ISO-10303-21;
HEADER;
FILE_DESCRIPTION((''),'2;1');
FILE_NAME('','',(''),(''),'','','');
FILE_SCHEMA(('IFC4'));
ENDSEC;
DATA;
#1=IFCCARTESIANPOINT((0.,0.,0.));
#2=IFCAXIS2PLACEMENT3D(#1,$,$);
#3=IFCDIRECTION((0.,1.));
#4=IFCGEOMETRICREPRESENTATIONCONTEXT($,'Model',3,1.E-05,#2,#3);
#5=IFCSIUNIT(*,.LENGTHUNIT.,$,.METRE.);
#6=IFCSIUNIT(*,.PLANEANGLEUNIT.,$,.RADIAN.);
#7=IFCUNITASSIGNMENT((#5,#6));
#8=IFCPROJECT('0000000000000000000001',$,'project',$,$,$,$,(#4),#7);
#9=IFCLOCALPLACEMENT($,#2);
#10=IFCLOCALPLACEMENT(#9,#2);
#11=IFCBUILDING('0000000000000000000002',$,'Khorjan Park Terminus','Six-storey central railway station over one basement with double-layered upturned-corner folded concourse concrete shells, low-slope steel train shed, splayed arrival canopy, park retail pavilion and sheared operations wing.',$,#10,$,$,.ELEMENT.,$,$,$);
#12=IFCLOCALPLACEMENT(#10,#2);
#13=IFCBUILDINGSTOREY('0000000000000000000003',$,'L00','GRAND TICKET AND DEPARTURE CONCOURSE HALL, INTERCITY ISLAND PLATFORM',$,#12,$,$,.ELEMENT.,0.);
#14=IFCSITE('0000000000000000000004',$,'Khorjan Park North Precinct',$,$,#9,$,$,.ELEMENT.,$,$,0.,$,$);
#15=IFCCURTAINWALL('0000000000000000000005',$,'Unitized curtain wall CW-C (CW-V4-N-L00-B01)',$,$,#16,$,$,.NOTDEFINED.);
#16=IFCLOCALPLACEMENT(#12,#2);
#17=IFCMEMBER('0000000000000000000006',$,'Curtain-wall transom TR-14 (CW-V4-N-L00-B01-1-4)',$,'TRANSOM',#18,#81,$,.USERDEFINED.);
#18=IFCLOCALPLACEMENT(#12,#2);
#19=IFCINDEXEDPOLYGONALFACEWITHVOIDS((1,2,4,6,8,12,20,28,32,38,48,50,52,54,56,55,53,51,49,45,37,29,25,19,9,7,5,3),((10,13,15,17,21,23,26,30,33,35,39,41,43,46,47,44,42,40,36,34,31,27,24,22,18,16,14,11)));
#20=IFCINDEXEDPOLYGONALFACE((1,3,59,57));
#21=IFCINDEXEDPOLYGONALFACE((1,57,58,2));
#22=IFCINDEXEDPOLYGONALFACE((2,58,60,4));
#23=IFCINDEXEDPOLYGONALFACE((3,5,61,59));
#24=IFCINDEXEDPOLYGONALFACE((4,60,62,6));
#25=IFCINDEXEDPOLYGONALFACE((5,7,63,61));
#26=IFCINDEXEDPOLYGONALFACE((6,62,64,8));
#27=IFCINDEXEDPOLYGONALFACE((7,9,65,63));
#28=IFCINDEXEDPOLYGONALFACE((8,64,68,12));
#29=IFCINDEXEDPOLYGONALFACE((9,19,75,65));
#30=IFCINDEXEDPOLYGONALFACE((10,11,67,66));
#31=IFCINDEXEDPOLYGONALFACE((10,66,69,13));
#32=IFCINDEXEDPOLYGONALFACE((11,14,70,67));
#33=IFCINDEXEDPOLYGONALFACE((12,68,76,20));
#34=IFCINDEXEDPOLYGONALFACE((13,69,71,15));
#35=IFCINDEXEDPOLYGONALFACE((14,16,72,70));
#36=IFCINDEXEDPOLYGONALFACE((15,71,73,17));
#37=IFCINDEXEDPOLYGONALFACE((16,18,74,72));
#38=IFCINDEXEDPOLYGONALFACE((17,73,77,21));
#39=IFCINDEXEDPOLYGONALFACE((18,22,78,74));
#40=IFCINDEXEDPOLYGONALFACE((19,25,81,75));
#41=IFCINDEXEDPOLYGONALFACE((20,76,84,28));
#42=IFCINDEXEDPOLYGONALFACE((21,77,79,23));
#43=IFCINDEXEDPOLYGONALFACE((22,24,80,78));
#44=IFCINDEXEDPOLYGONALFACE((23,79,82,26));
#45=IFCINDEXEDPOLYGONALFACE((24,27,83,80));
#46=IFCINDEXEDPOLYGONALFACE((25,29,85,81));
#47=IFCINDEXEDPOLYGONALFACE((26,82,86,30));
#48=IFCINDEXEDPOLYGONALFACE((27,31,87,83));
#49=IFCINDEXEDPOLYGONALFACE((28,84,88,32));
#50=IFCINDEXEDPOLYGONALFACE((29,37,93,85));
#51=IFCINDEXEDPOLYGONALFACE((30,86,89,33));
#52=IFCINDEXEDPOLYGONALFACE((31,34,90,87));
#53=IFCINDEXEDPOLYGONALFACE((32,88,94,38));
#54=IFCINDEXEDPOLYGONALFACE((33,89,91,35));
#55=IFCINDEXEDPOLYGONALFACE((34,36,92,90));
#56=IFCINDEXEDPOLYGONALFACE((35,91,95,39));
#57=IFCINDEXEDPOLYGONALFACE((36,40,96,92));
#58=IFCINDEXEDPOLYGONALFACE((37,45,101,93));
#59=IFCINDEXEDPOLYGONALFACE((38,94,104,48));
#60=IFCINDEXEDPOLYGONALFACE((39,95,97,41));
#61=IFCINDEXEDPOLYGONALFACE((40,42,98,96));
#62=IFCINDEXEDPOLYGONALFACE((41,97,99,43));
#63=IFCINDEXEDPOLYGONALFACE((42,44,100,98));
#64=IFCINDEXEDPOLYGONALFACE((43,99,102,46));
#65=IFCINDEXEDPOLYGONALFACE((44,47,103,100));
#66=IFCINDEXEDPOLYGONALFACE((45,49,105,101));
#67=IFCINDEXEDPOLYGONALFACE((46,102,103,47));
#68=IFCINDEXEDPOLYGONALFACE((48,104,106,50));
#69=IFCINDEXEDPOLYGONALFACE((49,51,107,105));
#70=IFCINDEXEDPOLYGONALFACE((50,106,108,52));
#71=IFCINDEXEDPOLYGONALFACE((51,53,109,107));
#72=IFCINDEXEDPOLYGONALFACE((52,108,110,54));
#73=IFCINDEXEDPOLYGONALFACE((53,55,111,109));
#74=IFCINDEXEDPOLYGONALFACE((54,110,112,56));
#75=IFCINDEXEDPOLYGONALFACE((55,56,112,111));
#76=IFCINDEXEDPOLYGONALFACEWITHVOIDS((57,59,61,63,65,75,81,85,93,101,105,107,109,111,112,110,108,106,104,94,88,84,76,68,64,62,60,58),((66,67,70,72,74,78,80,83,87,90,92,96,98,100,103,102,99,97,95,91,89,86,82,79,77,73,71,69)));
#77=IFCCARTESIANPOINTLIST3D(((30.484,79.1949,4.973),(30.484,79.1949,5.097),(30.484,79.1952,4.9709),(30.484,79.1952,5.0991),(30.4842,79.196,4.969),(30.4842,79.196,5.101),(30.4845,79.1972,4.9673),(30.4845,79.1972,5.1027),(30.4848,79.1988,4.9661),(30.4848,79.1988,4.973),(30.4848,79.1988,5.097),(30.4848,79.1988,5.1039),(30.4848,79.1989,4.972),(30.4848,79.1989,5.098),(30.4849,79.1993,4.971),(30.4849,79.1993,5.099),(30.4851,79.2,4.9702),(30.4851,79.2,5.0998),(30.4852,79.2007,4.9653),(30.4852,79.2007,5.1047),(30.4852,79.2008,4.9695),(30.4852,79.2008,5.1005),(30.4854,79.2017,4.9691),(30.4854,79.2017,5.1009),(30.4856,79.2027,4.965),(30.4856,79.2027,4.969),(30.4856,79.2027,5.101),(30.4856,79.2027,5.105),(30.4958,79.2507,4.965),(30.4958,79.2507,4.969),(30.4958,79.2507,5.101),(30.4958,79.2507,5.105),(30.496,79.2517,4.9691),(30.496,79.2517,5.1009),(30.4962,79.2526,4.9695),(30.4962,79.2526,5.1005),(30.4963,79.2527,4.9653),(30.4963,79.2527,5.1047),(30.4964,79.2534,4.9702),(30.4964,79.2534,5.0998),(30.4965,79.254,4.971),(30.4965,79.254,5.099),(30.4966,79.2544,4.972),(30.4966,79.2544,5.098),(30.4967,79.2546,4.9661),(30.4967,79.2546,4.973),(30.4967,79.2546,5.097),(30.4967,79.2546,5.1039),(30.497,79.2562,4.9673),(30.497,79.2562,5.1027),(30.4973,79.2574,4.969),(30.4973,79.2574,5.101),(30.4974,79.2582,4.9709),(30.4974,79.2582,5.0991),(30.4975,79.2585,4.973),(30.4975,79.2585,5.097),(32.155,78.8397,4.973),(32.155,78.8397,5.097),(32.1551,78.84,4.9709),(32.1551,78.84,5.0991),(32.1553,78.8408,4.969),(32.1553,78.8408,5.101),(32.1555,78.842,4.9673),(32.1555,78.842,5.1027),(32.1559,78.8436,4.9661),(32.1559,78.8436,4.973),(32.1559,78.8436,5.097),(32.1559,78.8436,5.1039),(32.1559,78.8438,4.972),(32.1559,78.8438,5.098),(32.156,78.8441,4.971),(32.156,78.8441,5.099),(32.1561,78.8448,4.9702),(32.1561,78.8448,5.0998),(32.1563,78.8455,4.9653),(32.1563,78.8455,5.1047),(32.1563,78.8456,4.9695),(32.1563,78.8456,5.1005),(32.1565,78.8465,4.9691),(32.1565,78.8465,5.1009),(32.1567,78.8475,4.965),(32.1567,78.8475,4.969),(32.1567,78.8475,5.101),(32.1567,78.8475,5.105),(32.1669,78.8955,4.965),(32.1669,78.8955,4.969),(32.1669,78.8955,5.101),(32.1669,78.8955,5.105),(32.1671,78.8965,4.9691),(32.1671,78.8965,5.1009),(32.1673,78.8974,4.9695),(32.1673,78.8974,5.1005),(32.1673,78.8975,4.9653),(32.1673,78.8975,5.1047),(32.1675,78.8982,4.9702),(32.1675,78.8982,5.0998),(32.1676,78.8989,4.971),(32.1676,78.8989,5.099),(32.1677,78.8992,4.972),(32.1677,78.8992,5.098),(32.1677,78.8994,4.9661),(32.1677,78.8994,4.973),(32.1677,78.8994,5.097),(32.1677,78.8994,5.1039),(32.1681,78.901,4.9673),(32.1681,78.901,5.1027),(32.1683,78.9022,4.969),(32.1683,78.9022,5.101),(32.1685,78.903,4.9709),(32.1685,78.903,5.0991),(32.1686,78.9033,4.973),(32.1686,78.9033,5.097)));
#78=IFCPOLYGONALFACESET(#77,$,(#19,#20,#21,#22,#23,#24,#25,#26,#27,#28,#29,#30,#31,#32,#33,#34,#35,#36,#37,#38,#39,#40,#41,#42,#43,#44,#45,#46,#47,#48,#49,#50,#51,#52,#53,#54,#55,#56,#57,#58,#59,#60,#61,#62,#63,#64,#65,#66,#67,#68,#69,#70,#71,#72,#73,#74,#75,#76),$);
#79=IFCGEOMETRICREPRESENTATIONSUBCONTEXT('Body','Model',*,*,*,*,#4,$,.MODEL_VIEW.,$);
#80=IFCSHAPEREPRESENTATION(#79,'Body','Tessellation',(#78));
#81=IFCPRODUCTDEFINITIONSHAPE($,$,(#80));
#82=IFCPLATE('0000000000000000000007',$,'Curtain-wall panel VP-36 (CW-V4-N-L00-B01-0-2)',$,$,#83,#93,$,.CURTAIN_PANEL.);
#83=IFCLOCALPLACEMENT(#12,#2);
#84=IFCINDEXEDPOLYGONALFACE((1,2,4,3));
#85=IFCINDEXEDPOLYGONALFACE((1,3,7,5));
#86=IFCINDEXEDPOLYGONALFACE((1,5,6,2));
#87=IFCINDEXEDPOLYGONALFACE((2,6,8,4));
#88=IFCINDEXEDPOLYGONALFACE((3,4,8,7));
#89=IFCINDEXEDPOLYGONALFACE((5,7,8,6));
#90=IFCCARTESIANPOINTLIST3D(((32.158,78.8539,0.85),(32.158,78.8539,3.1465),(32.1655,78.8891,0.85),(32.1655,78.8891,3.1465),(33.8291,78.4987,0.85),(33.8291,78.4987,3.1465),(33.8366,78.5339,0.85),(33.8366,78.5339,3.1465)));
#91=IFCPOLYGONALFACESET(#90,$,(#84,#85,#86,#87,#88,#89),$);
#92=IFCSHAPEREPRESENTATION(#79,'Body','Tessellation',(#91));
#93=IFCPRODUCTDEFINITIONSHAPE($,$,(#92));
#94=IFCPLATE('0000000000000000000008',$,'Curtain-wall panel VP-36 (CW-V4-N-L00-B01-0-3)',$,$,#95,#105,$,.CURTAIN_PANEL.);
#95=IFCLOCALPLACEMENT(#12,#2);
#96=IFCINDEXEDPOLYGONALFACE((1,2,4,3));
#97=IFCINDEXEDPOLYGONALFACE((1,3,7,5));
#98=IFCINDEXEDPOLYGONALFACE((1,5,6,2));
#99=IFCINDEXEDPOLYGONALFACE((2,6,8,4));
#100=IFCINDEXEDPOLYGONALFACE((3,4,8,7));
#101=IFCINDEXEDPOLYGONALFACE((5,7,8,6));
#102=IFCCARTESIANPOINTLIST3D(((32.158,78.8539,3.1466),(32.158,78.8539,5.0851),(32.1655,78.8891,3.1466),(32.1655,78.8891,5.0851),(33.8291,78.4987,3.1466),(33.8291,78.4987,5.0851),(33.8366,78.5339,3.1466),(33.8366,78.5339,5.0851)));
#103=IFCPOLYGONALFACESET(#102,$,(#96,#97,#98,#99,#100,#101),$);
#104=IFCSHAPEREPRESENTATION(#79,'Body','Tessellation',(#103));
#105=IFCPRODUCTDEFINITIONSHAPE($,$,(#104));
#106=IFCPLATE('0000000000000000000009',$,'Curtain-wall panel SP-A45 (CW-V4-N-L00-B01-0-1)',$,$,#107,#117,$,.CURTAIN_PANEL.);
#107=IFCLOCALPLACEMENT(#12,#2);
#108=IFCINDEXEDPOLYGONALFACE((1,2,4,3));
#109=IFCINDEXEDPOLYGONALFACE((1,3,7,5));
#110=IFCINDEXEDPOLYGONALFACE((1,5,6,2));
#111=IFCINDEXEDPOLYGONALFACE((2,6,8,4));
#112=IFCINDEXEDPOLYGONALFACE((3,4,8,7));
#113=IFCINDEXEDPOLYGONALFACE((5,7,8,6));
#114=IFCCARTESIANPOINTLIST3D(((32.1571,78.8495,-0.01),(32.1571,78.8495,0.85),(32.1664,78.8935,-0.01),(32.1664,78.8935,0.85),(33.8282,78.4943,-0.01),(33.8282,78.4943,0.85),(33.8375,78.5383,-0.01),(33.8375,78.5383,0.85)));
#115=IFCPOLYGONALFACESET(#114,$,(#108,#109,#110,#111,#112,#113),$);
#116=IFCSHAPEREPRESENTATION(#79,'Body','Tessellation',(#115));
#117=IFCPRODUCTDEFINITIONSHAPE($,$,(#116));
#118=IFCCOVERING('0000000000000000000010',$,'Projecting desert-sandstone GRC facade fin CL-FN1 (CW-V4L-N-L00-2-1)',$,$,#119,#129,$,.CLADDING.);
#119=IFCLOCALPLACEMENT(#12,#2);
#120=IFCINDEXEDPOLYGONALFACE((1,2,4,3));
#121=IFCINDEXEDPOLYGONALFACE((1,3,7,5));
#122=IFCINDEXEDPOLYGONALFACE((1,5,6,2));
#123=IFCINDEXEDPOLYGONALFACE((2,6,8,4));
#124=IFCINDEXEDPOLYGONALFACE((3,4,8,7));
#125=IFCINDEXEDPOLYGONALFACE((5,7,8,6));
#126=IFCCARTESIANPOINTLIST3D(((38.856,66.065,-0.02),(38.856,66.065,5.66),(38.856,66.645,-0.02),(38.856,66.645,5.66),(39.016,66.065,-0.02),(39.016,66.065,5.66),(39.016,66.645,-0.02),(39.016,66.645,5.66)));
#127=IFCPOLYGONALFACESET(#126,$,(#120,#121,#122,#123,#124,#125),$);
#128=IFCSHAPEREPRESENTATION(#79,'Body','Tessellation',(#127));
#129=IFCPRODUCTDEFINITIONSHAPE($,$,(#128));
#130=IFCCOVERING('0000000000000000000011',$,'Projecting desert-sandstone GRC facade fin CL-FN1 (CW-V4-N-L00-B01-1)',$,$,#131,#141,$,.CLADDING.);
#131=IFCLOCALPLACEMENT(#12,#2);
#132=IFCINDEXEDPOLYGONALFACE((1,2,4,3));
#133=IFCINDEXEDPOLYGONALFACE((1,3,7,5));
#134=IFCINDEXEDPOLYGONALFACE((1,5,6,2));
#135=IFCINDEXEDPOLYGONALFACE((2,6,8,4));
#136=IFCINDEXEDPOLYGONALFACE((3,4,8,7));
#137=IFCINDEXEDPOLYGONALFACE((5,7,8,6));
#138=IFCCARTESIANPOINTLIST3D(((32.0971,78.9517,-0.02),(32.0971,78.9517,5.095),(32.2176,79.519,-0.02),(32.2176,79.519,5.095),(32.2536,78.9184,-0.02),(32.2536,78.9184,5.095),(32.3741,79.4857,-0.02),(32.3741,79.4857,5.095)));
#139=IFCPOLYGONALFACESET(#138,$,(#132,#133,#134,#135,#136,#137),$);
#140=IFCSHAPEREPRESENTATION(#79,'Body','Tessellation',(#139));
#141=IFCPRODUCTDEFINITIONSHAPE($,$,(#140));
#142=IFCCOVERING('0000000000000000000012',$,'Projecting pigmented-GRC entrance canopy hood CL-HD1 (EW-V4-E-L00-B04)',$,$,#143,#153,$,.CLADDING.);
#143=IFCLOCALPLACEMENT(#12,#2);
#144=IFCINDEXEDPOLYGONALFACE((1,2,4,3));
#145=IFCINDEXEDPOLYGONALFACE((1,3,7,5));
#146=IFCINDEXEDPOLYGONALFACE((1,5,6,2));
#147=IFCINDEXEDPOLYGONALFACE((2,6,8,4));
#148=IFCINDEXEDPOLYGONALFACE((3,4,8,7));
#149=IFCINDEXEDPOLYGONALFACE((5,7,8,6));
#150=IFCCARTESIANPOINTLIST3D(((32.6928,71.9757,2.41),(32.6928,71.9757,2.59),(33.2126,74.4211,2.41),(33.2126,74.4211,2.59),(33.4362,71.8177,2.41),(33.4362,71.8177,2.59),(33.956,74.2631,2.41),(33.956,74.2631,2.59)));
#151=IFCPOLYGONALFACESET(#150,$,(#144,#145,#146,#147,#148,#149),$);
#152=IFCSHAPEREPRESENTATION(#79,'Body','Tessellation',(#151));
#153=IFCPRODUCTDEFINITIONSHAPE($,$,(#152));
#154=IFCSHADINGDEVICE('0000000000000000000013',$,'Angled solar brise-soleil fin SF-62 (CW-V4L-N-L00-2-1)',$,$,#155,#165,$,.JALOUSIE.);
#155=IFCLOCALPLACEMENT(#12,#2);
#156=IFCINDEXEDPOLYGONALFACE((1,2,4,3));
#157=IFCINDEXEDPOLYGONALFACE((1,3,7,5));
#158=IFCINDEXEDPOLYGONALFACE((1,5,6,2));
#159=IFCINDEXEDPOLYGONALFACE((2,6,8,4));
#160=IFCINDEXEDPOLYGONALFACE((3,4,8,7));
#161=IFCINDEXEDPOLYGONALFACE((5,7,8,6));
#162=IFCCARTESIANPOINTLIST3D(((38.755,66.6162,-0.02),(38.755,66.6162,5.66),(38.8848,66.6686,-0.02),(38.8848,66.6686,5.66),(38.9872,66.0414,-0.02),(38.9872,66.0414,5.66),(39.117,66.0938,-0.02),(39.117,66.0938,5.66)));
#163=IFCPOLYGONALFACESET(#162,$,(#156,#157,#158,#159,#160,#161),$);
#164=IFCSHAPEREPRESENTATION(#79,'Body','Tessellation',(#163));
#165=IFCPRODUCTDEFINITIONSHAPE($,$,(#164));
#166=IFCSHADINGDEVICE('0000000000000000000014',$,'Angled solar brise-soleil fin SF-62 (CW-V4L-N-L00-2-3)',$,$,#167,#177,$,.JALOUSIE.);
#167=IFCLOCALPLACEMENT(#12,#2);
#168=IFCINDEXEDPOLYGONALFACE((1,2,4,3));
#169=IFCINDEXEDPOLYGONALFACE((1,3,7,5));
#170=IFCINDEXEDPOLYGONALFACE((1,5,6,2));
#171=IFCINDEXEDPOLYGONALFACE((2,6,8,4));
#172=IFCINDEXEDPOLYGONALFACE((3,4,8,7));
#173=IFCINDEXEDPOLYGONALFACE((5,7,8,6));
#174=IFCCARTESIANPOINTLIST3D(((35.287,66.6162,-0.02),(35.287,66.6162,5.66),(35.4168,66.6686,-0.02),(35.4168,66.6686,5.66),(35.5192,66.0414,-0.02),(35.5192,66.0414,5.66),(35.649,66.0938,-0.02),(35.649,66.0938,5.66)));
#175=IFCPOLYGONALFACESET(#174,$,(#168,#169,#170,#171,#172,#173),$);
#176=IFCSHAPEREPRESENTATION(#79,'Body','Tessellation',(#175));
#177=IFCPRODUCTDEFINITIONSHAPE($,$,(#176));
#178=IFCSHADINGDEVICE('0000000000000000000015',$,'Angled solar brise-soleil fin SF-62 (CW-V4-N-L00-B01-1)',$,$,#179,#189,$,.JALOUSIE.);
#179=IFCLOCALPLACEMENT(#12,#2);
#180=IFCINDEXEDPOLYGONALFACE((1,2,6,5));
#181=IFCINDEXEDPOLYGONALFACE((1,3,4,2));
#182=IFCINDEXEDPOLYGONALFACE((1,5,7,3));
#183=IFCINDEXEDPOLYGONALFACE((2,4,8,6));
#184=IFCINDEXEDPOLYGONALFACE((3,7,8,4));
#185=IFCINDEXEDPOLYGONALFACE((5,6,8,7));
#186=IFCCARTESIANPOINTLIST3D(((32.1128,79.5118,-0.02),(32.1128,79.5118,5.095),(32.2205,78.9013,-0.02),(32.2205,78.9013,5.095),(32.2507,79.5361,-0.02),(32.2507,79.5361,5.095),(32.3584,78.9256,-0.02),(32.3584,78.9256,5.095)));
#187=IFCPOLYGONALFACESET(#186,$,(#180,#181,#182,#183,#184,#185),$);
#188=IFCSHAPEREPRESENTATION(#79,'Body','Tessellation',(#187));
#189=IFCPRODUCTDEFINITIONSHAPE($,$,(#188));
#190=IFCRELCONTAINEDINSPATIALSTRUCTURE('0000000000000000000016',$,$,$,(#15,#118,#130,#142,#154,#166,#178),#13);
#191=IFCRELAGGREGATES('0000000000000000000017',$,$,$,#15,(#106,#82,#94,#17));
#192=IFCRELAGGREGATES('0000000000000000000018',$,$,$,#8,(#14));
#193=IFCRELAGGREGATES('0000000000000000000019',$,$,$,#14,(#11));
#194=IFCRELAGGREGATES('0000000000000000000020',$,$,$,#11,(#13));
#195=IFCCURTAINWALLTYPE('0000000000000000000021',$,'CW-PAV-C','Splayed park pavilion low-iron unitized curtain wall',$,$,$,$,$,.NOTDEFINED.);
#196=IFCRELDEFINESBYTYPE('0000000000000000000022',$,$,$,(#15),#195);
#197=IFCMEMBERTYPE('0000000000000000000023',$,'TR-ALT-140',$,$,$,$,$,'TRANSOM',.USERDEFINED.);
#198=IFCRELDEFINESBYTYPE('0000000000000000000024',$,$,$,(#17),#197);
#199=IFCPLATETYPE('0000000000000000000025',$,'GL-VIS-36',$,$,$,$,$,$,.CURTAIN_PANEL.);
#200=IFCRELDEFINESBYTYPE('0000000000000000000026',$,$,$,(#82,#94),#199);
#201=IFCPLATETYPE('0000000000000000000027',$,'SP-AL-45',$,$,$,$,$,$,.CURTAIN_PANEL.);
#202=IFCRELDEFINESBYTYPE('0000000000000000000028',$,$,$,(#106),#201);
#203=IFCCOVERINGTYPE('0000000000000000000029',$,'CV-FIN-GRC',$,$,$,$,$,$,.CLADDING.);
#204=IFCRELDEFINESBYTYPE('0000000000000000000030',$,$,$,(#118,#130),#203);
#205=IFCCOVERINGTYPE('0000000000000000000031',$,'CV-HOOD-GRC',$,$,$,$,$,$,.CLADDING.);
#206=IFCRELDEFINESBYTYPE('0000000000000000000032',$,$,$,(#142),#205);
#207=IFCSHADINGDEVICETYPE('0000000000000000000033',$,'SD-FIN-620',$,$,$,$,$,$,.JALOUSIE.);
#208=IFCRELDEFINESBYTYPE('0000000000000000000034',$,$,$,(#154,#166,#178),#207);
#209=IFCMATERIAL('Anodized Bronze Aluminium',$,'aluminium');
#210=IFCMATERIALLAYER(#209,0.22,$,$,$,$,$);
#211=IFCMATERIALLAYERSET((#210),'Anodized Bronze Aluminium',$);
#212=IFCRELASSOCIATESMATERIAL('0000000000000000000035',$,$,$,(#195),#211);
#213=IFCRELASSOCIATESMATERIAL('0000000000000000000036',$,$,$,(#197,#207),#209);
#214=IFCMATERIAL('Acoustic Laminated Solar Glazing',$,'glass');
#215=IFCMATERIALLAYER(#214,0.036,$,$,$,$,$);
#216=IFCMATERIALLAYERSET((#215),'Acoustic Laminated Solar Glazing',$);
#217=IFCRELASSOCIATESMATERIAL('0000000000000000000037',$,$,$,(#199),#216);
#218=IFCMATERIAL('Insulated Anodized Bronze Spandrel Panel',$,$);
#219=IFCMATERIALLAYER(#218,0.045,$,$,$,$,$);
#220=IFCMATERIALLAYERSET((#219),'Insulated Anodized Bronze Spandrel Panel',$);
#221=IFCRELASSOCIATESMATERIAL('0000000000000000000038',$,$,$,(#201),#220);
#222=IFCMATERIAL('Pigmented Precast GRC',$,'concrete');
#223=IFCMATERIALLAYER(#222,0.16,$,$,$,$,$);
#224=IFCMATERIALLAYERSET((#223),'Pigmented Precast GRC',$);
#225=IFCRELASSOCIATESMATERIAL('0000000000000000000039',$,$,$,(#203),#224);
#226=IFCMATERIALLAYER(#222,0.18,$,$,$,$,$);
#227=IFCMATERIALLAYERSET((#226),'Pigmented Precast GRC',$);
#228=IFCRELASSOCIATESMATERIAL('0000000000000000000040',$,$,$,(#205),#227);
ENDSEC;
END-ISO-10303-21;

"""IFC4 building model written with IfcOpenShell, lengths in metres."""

from ifc_helpers import new_model, si_unit, direction, frame, origin, origin_2d, place, context, subcontext, project, spatial, rectangle, hollow_rectangle, extrude, material, layer, layer_set, material_profile, profile_set, type_object, element, aggregate, save


model = new_model("IFC4")

# Units and contexts
model_context = context("Model", 3, precision=1e-05, world=origin(), true_north=direction((0.0, 1.0)))
body_context = subcontext(model_context, "Body", "Model", "MODEL_VIEW")
ifc_project = project(units=[si_unit("LENGTHUNIT", "METRE"), si_unit("PLANEANGLEUNIT", "RADIAN")], contexts=[model_context])

# Site, building, storey
site_placement = place(None, origin())
site = spatial("IfcSite", under=ifc_project, at=site_placement, Name="Khorjan Park North Precinct", CompositionType="ELEMENT", RefElevation=0.0)
building_placement = place(site_placement, origin())
building = spatial("IfcBuilding", under=site, at=building_placement, Name="Khorjan Park Terminus", Description="Six-storey central railway station over one basement with double-layered upturned-corner folded concourse concrete shells, low-slope steel train shed, splayed arrival canopy, park retail pavilion and sheared operations wing.", CompositionType="ELEMENT")
storey_placement = place(building_placement, origin())
storey = spatial("IfcBuildingStorey", under=building, at=storey_placement, Name="L00", Description="GRAND TICKET AND DEPARTURE CONCOURSE HALL, INTERCITY ISLAND PLATFORM", CompositionType="ELEMENT", Elevation=0.0)

# Curtain wall, member, plates
ifc_material_1 = material(Name="Anodized Bronze Aluminium", Category="aluminium")
ifc_layer_1 = layer(ifc_material_1, 0.22)
ifc_layer_set_1 = layer_set([ifc_layer_1], Name="Anodized Bronze Aluminium")
curtain_wall_type = type_object("IfcCurtainWallType", Name="CW-PAV-C", Description="Splayed park pavilion low-iron unitized curtain wall", PredefinedType="NOTDEFINED", material=ifc_layer_set_1)
curtain_wall_placement = place(storey_placement, origin())
curtain_wall = element("IfcCurtainWall", 1, at=curtain_wall_placement, inside=storey, type_object=curtain_wall_type, Name="Unitized curtain wall CW-C (CW-V4-N-L00-B01)", PredefinedType="NOTDEFINED")
ifc_material_profile_1 = material_profile(ifc_material_1, hollow_rectangle(XDim=0.065, YDim=0.14, WallThickness=0.004, InnerFilletRadius=0.004, OuterFilletRadius=0.008, at=origin_2d()), Name="ALT 65x140x4")
ifc_profile_set_1 = profile_set([ifc_material_profile_1], Name="Anodized Bronze Aluminium")
member_type_1 = type_object("IfcMemberType", Name="TR-ALT-140", ElementType="TRANSOM", PredefinedType="USERDEFINED", material=ifc_profile_set_1)
member_1_placement = place(storey_placement, frame((32.1618, 78.8715, 5.035), z_axis=(-0.978148, 0.20791, 0.0), x_axis=(-0.20791, -0.978148, 0.0)))
member_1 = element("IfcMember", 2, at=member_1_placement, type_object=member_type_1, Name="Curtain-wall transom TR-14 (CW-V4-N-L00-B01-1-4)", ObjectType="TRANSOM", PredefinedType="USERDEFINED", context=body_context, shape_type="SweptSolid", body=[
    extrude(hollow_rectangle(XDim=0.065, YDim=0.14, WallThickness=0.004, InnerFilletRadius=0.004, OuterFilletRadius=0.008, at=origin_2d()), origin(), (0.0, 0.0, 1.0), 1.7084),
])
ifc_material_2 = material(Name="Acoustic Laminated Solar Glazing", Category="glass")
ifc_layer_2 = layer(ifc_material_2, 0.036)
ifc_layer_set_2 = layer_set([ifc_layer_2], Name="Acoustic Laminated Solar Glazing")
plate_type_1 = type_object("IfcPlateType", Name="GL-VIS-36", PredefinedType="CURTAIN_PANEL", material=ifc_layer_set_2)
plate_1_placement = place(storey_placement, frame((32.9973, 78.6939, 0.85), z_axis=(0.0, 0.0, 1.0), x_axis=(-0.97815, 0.207903, 0.0)))
plate_1 = element("IfcPlate", 3, at=plate_1_placement, type_object=plate_type_1, Name="Curtain-wall panel VP-36 (CW-V4-N-L00-B01-0-2)", PredefinedType="CURTAIN_PANEL", context=body_context, shape_type="SweptSolid", body=[
    extrude(rectangle(XDim=1.7084, YDim=0.036, at=origin_2d()), origin(), (0.0, 0.0, 1.0), 2.2965),
])
plate_2_placement = place(storey_placement, frame((32.9973, 78.6939, 3.1466), z_axis=(0.0, 0.0, 1.0), x_axis=(-0.97815, 0.207903, 0.0)))
plate_2 = element("IfcPlate", 4, at=plate_2_placement, type_object=plate_type_1, Name="Curtain-wall panel VP-36 (CW-V4-N-L00-B01-0-3)", PredefinedType="CURTAIN_PANEL", context=body_context, shape_type="SweptSolid", body=[
    extrude(rectangle(XDim=1.7084, YDim=0.036, at=origin_2d()), origin(), (0.0, 0.0, 1.0), 1.9385),
])
ifc_material_3 = material(Name="Insulated Anodized Bronze Spandrel Panel")
ifc_layer_3 = layer(ifc_material_3, 0.045)
ifc_layer_set_3 = layer_set([ifc_layer_3], Name="Insulated Anodized Bronze Spandrel Panel")
plate_type_2 = type_object("IfcPlateType", Name="SP-AL-45", PredefinedType="CURTAIN_PANEL", material=ifc_layer_set_3)
plate_3_placement = place(storey_placement, frame((32.9973, 78.6939, -0.01), z_axis=(0.0, 0.0, 1.0), x_axis=(-0.97815, 0.207903, 0.0)))
plate_3 = element("IfcPlate", 5, at=plate_3_placement, type_object=plate_type_2, Name="Curtain-wall panel SP-A45 (CW-V4-N-L00-B01-0-1)", PredefinedType="CURTAIN_PANEL", context=body_context, shape_type="SweptSolid", body=[
    extrude(rectangle(XDim=1.7084, YDim=0.045, at=origin_2d()), origin(), (0.0, 0.0, 1.0), 0.86),
])
aggregate(curtain_wall, [plate_3, plate_1, plate_2, member_1])

# Coverings
ifc_material_4 = material(Name="Pigmented Precast GRC", Category="concrete")
ifc_layer_4 = layer(ifc_material_4, 0.16)
ifc_layer_set_4 = layer_set([ifc_layer_4], Name="Pigmented Precast GRC")
covering_type_1 = type_object("IfcCoveringType", Name="CV-FIN-GRC", PredefinedType="CLADDING", material=ifc_layer_set_4)
covering_1_placement = place(storey_placement, frame((38.936, 66.355, -0.02), z_axis=(0.0, 0.0, 1.0), x_axis=(0.0, -1.0, 0.0)))
element("IfcCovering", 6, at=covering_1_placement, inside=storey, type_object=covering_type_1, Name="Projecting desert-sandstone GRC facade fin CL-FN1 (CW-V4L-N-L00-2-1)", PredefinedType="CLADDING", context=body_context, shape_type="SweptSolid", body=[
    extrude(rectangle(XDim=0.58, YDim=0.16, at=origin_2d()), origin(), (0.0, 0.0, 1.0), 5.68),
])
covering_2_placement = place(storey_placement, frame((32.2356, 79.2187, -0.02), z_axis=(0.0, 0.0, 1.0), x_axis=(-0.207912, -0.978148, 0.0)))
element("IfcCovering", 7, at=covering_2_placement, inside=storey, type_object=covering_type_1, Name="Projecting desert-sandstone GRC facade fin CL-FN1 (CW-V4-N-L00-B01-1)", PredefinedType="CLADDING", context=body_context, shape_type="SweptSolid", body=[
    extrude(rectangle(XDim=0.58, YDim=0.16, at=origin_2d()), origin(), (0.0, 0.0, 1.0), 5.115),
])
ifc_layer_5 = layer(ifc_material_4, 0.18)
ifc_layer_set_5 = layer_set([ifc_layer_5], Name="Pigmented Precast GRC")
covering_type_2 = type_object("IfcCoveringType", Name="CV-HOOD-GRC", PredefinedType="CLADDING", material=ifc_layer_set_5)
covering_3_placement = place(storey_placement, frame((33.3244, 73.1194, 2.41), z_axis=(0.0, 0.0, 1.0), x_axis=(0.207912, 0.978147, 0.0)))
element("IfcCovering", 8, at=covering_3_placement, inside=storey, type_object=covering_type_2, Name="Projecting pigmented-GRC entrance canopy hood CL-HD1 (EW-V4-E-L00-B04)", PredefinedType="CLADDING", context=body_context, shape_type="SweptSolid", body=[
    extrude(rectangle(XDim=2.5, YDim=0.76, at=origin_2d()), origin(), (0.0, 0.0, 1.0), 0.18),
])

# Shading devices
shading_device_type = type_object("IfcShadingDeviceType", Name="SD-FIN-620", PredefinedType="JALOUSIE", material=ifc_material_1)
for number, where, z_axis, x_axis, name in (
    (9, (38.936, 66.355, -0.02), (0.0, 0.0, 1.0), (0.374607, -0.927184, 0.0), "Angled solar brise-soleil fin SF-62 (CW-V4L-N-L00-2-1)"),
    (10, (35.468, 66.355, -0.02), (0.0, 0.0, 1.0), (0.374607, -0.927184, 0.0), "Angled solar brise-soleil fin SF-62 (CW-V4L-N-L00-2-3)"),
):
    element("IfcShadingDevice", number, at=place(storey_placement, frame(where, z_axis=z_axis, x_axis=x_axis)), inside=storey, type_object=shading_device_type, Name=name, PredefinedType="JALOUSIE", context=body_context, shape_type="SweptSolid", body=[
        extrude(rectangle(XDim=0.62, YDim=0.14, at=origin_2d()), origin(), (0.0, 0.0, 1.0), 5.68),
    ])
shading_device_placement = place(storey_placement, frame((32.2356, 79.2187, -0.02), z_axis=(0.0, 0.0, 1.0), x_axis=(0.173648, -0.984808, 0.0)))
element("IfcShadingDevice", 11, at=shading_device_placement, inside=storey, type_object=shading_device_type, Name="Angled solar brise-soleil fin SF-62 (CW-V4-N-L00-B01-1)", PredefinedType="JALOUSIE", context=body_context, shape_type="SweptSolid", body=[
    extrude(rectangle(XDim=0.62, YDim=0.14, at=origin_2d()), origin(), (0.0, 0.0, 1.0), 5.115),
])

save(model, "model.ifc")
